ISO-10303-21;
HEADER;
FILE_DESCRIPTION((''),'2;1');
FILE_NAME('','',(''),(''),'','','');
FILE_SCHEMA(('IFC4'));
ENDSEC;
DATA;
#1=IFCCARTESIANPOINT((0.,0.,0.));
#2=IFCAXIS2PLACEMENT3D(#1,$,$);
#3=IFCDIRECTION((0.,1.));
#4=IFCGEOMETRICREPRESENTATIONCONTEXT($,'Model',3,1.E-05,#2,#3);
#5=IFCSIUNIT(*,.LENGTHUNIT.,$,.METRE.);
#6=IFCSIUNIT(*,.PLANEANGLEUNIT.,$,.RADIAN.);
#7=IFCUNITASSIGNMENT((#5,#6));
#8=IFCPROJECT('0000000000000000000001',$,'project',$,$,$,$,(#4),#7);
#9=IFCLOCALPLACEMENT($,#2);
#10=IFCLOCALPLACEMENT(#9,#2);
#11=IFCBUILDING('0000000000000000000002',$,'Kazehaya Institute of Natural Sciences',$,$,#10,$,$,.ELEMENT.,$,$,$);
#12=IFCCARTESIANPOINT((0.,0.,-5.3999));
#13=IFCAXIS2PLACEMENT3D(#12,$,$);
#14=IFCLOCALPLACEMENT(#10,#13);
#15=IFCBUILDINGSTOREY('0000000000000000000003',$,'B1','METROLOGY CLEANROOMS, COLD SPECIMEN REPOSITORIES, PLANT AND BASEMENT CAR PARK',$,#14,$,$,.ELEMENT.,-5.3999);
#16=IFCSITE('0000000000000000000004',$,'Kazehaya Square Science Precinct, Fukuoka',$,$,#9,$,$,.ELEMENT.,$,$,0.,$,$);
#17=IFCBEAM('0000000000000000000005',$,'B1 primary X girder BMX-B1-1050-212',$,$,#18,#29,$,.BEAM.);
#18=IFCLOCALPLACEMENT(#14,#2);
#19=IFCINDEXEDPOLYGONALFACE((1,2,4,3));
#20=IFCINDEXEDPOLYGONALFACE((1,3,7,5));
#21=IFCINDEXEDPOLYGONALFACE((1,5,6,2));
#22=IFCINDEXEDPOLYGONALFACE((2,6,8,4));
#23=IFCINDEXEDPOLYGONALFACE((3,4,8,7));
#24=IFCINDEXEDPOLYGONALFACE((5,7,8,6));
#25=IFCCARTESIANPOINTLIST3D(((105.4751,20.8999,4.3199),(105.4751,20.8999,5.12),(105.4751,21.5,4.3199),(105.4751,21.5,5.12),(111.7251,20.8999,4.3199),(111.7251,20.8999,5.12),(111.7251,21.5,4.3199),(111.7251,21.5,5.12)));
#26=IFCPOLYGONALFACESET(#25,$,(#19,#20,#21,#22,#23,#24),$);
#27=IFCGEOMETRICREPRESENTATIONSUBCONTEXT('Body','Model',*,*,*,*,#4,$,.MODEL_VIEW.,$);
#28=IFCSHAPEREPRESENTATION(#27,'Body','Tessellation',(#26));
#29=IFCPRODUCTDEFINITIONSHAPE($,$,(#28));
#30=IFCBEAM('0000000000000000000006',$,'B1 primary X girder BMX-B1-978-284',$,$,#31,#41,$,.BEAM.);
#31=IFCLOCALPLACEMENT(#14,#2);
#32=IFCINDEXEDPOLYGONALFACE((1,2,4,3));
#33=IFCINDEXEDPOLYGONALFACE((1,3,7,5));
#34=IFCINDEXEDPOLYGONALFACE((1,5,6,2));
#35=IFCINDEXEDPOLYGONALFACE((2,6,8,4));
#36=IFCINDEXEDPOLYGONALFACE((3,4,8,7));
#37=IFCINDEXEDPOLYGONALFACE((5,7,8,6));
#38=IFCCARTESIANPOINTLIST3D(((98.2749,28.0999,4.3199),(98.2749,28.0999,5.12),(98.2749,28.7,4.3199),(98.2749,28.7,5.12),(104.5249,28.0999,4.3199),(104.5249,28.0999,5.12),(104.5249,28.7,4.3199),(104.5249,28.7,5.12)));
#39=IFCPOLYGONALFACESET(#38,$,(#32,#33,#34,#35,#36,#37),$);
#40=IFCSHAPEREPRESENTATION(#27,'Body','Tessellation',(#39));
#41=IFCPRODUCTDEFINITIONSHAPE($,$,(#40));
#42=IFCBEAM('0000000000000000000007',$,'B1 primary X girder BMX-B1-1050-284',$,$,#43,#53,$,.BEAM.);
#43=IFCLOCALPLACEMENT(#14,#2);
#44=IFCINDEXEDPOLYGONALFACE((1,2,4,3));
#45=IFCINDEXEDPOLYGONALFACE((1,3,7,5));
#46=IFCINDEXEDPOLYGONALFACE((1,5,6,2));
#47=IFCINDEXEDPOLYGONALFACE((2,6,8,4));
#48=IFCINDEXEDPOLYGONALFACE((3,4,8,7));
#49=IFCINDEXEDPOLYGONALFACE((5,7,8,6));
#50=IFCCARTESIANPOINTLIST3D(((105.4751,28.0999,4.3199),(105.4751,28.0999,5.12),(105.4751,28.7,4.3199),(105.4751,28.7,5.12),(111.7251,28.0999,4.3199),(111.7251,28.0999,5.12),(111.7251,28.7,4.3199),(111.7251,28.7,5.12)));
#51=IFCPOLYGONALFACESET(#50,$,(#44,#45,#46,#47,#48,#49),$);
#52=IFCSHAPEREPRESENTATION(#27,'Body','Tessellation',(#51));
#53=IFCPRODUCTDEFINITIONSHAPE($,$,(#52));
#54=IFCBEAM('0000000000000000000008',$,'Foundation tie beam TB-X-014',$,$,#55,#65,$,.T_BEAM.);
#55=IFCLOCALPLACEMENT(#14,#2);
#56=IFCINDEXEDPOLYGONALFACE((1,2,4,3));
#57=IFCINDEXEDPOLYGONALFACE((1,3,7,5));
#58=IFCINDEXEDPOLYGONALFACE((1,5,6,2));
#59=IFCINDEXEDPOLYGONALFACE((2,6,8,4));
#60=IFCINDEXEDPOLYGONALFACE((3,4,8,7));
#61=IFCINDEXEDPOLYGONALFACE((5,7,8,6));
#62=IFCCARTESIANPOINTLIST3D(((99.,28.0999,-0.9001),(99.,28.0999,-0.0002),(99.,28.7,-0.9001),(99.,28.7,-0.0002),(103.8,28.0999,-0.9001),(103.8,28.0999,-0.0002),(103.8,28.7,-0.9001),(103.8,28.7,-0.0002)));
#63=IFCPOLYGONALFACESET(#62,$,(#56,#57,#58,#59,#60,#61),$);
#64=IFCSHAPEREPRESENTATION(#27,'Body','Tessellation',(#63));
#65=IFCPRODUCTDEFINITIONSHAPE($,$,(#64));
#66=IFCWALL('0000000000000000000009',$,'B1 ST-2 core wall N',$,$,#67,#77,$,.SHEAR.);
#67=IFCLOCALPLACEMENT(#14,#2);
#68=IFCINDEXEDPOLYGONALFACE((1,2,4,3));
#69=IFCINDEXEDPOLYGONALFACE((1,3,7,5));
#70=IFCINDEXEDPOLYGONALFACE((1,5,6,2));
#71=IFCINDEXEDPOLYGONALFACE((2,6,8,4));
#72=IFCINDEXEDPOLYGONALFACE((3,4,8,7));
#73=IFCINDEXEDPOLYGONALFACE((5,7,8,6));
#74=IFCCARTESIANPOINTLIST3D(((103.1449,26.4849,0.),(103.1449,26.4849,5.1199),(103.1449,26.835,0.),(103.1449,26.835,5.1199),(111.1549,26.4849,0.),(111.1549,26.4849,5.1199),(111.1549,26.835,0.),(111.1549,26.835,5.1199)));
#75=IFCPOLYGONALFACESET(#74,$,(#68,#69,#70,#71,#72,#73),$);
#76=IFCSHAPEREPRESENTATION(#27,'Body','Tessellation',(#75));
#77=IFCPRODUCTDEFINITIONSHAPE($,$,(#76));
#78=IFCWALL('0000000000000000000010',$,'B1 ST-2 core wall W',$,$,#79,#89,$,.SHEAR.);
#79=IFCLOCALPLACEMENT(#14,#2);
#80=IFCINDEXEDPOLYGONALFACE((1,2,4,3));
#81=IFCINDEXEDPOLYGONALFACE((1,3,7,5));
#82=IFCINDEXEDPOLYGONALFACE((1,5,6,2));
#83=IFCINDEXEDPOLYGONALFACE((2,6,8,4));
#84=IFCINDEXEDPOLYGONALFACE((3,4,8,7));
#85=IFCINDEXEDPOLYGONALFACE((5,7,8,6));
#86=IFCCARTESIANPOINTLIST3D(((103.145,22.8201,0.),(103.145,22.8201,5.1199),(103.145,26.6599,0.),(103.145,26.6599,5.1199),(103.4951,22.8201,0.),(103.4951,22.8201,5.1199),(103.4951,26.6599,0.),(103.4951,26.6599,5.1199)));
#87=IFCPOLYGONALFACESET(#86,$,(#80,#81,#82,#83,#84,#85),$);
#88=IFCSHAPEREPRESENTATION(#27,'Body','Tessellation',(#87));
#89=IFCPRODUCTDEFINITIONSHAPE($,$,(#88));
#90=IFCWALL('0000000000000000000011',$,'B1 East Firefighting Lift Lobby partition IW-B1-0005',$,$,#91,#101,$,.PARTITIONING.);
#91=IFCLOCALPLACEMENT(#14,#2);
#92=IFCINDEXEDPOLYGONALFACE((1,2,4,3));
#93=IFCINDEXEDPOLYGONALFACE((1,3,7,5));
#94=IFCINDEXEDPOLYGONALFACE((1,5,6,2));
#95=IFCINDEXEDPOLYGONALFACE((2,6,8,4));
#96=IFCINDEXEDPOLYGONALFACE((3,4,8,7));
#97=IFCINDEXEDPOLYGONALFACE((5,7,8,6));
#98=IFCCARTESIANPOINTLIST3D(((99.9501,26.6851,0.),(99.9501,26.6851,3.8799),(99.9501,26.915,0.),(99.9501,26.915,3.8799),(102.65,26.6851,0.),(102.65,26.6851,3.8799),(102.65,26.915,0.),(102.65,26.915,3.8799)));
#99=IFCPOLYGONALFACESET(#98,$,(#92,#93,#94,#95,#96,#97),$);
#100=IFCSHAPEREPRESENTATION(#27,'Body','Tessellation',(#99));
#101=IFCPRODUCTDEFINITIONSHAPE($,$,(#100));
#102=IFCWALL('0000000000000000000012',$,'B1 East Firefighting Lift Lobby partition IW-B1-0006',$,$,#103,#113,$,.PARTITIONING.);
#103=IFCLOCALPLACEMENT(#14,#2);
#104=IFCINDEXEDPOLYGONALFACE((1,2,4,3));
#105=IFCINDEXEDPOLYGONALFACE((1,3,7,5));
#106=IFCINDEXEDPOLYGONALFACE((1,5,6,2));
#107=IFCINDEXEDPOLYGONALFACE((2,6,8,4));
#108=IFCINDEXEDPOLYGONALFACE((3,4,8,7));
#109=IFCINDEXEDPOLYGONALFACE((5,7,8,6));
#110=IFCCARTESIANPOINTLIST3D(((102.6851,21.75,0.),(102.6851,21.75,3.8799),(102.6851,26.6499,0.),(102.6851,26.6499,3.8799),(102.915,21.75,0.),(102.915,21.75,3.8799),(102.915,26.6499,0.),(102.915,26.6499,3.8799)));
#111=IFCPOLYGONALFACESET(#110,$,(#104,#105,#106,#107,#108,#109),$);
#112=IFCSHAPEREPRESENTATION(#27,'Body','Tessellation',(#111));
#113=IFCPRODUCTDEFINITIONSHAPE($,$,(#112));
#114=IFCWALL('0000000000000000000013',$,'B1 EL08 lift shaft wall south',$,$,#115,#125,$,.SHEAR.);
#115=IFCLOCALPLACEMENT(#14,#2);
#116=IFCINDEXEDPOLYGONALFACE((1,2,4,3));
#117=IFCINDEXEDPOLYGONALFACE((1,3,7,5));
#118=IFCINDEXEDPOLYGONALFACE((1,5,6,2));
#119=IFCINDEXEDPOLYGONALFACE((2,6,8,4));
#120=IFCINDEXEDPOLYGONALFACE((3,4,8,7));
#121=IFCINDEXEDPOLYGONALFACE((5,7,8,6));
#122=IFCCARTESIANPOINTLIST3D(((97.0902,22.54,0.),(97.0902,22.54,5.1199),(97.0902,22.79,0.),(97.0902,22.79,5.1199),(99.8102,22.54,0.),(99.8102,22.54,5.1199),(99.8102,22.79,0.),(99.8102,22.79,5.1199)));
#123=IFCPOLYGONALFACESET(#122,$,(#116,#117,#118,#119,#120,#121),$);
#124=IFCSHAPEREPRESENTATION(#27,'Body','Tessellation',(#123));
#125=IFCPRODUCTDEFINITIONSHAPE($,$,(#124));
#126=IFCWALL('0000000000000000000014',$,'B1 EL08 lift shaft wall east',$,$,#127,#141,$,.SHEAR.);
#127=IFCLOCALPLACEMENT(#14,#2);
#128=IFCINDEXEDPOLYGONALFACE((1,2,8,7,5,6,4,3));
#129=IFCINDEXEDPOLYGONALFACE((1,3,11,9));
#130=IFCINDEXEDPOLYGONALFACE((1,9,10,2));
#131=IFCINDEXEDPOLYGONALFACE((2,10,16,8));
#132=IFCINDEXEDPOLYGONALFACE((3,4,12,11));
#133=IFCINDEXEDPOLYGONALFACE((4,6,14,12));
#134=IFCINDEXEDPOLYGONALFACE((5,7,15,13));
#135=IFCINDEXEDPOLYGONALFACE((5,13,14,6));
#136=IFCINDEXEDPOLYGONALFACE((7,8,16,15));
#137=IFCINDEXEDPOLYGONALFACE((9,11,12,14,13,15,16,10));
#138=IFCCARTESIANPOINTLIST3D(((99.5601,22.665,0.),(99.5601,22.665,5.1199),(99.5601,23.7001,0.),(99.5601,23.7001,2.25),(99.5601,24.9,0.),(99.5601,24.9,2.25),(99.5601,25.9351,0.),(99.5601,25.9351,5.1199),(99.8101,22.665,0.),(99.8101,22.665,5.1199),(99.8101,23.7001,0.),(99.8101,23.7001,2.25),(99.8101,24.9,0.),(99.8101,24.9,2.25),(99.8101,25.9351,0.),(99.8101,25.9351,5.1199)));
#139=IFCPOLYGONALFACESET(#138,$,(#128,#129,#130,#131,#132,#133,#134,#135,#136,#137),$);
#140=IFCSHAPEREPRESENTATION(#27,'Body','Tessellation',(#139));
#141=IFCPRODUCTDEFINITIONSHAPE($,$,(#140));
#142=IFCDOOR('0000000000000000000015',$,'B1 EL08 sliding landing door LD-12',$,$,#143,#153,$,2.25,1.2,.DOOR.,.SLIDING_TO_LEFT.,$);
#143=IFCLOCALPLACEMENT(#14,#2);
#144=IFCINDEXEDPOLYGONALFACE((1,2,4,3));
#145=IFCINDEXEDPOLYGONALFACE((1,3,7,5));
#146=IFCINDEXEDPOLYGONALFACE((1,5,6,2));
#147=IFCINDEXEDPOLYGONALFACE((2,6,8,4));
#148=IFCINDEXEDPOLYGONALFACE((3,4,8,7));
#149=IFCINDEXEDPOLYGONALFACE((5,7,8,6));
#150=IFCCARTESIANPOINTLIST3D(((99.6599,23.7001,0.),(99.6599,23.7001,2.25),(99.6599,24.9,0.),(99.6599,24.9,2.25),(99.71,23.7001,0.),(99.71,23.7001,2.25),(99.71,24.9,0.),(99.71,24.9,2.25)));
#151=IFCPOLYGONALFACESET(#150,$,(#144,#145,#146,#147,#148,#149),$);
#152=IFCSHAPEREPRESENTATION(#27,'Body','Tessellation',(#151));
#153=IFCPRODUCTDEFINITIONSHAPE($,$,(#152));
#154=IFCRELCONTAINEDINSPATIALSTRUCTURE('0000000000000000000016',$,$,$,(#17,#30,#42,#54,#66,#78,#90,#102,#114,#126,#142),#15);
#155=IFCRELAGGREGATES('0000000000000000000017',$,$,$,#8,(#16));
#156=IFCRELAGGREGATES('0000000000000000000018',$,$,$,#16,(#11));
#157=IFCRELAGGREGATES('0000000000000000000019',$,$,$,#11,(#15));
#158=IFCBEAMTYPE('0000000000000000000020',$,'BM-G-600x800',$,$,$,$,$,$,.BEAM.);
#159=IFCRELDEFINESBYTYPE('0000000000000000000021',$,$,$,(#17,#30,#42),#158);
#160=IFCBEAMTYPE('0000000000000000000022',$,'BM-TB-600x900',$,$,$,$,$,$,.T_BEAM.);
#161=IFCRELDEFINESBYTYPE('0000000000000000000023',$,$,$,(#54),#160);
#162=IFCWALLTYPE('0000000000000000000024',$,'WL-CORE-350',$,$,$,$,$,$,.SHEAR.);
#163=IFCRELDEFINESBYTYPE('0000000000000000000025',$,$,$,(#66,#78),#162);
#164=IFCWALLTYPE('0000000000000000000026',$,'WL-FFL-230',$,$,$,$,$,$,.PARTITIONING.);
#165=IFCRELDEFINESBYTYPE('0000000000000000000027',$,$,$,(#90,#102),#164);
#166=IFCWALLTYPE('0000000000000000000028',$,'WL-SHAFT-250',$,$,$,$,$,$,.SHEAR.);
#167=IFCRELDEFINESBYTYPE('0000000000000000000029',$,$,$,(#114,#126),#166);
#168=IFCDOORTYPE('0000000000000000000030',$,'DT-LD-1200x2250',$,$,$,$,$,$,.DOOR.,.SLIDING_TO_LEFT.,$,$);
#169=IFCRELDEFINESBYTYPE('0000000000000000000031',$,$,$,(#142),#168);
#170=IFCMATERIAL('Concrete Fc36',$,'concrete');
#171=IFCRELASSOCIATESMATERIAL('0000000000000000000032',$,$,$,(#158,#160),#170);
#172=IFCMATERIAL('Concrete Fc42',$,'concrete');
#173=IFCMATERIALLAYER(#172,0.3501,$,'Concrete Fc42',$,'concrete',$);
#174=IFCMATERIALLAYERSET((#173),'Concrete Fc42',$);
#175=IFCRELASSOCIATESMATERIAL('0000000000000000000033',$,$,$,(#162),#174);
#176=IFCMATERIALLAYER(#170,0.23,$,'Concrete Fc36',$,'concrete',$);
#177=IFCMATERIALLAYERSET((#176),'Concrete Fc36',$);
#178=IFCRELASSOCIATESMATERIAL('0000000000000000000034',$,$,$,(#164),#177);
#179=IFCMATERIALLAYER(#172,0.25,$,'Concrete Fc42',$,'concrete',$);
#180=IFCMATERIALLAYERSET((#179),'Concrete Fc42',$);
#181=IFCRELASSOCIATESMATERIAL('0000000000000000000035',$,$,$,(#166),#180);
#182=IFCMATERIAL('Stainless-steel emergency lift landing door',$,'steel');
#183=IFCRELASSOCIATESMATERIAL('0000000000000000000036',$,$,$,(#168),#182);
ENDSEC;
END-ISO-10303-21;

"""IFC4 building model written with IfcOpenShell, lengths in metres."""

from ifc_helpers import new_model, si_unit, direction, frame, frame_2d, origin, origin_2d, place, context, subcontext, project, spatial, rectangle, extrude, material, layer, layer_set, material_profile, profile_set, type_object, element, fill, save


model = new_model("IFC4")

# Units and contexts
model_context = context("Model", 3, precision=1e-05, world=origin(), true_north=direction((0.0, 1.0)))
body_context = subcontext(model_context, "Body", "Model", "MODEL_VIEW")
ifc_project = project(units=[si_unit("LENGTHUNIT", "METRE"), si_unit("PLANEANGLEUNIT", "RADIAN")], contexts=[model_context])

# Site, building, storey
site_placement = place(None, origin())
site = spatial("IfcSite", under=ifc_project, at=site_placement, Name="Kazehaya Square Science Precinct, Fukuoka", CompositionType="ELEMENT", RefElevation=0.0)
building_placement = place(site_placement, origin())
building = spatial("IfcBuilding", under=site, at=building_placement, Name="Kazehaya Institute of Natural Sciences", CompositionType="ELEMENT")
storey_placement = place(building_placement, frame((0.0, 0.0, -5.3999)))
storey = spatial("IfcBuildingStorey", under=building, at=storey_placement, Name="B1", Description="METROLOGY CLEANROOMS, COLD SPECIMEN REPOSITORIES, PLANT AND BASEMENT CAR PARK", CompositionType="ELEMENT", Elevation=-5.3999)

# Shared definitions
ifc_material_1 = material(Name="Concrete Fc36", Category="concrete")

# Shared definitions
ifc_material_2 = material(Name="Concrete Fc42", Category="concrete")

# Beams
ifc_material_profile_1 = material_profile(ifc_material_1, rectangle(XDim=0.6001, YDim=0.8, at=origin_2d()), Name="RC-600x800")
ifc_profile_set_1 = profile_set([ifc_material_profile_1], Name="Concrete Fc36")
beam_type_1 = type_object("IfcBeamType", Name="BM-G-600x800", PredefinedType="BEAM", material=ifc_profile_set_1)
for number, where, z_axis, x_axis, name in (
    (1, (105.4751, 21.2, 4.72), (1.0, 0.0, 0.0), (0.0, 1.0, 0.0), "B1 primary X girder BMX-B1-1050-212"),
    (2, (98.2749, 28.3999, 4.72), (1.0, 0.0, 0.0), (0.0, 1.0, 0.0), "B1 primary X girder BMX-B1-978-284"),
    (3, (105.4751, 28.3999, 4.72), (1.0, 0.0, 0.0), (0.0, 1.0, 0.0), "B1 primary X girder BMX-B1-1050-284"),
):
    element("IfcBeam", number, at=place(storey_placement, frame(where, z_axis=z_axis, x_axis=x_axis)), inside=storey, type_object=beam_type_1, Name=name, PredefinedType="BEAM", context=body_context, shape_type="SweptSolid", body=[
        extrude(rectangle(XDim=0.6001, YDim=0.8, at=origin_2d()), origin(), (0.0, 0.0, 1.0), 6.25),
    ])
ifc_material_profile_2 = material_profile(ifc_material_1, rectangle(XDim=0.6001, YDim=0.8999, at=origin_2d()), Name="RC-600x900")
ifc_profile_set_2 = profile_set([ifc_material_profile_2], Name="Concrete Fc36")
beam_type_2 = type_object("IfcBeamType", Name="BM-TB-600x900", PredefinedType="T_BEAM", material=ifc_profile_set_2)
beam_placement = place(storey_placement, frame((99.0, 28.3999, -0.4502), z_axis=(1.0, 0.0, 0.0), x_axis=(0.0, 1.0, 0.0)))
element("IfcBeam", 4, at=beam_placement, inside=storey, type_object=beam_type_2, Name="Foundation tie beam TB-X-014", PredefinedType="T_BEAM", context=body_context, shape_type="SweptSolid", body=[
    extrude(rectangle(XDim=0.6001, YDim=0.8999, at=origin_2d()), origin(), (0.0, 0.0, 1.0), 4.8),
])

# Walls
ifc_layer_1 = layer(ifc_material_2, 0.3501, Name="Concrete Fc42", Category="concrete")
ifc_layer_set_1 = layer_set([ifc_layer_1], Name="Concrete Fc42")
wall_type_1 = type_object("IfcWallType", Name="WL-CORE-350", PredefinedType="SHEAR", material=ifc_layer_set_1)
wall_1_placement = place(storey_placement, frame((103.145, 26.6599, 0.0), z_axis=(0.0, 0.0, 1.0), x_axis=(1.0, 0.0, 0.0)))
element("IfcWall", 5, at=wall_1_placement, inside=storey, type_object=wall_type_1, Name="B1 ST-2 core wall N", PredefinedType="SHEAR", context=body_context, shape_type="SweptSolid", body=[
    extrude(rectangle(XDim=8.01, YDim=0.3501, at=frame_2d((4.0049, 0.0))), origin(), (0.0, 0.0, 1.0), 5.1199),
])
wall_2_placement = place(storey_placement, frame((103.3201, 22.8201, 0.0), z_axis=(0.0, 0.0, 1.0), x_axis=(0.0, 1.0, 0.0)))
element("IfcWall", 6, at=wall_2_placement, inside=storey, type_object=wall_type_1, Name="B1 ST-2 core wall W", PredefinedType="SHEAR", context=body_context, shape_type="SweptSolid", body=[
    extrude(rectangle(XDim=3.8398, YDim=0.3501, at=frame_2d((1.9199, 0.0))), origin(), (0.0, 0.0, 1.0), 5.1199),
])

# Shared definitions
ifc_layer_2 = layer(ifc_material_1, 0.23, Name="Concrete Fc36", Category="concrete")
ifc_layer_set_2 = layer_set([ifc_layer_2], Name="Concrete Fc36")
wall_type_2 = type_object("IfcWallType", Name="WL-FFL-230", PredefinedType="PARTITIONING", material=ifc_layer_set_2)

# Walls
wall_3_placement = place(storey_placement, frame((99.95, 26.8, 0.0), z_axis=(0.0, 0.0, 1.0), x_axis=(1.0, 0.0, 0.0)))
element("IfcWall", 7, at=wall_3_placement, inside=storey, type_object=wall_type_2, Name="B1 East Firefighting Lift Lobby partition IW-B1-0005", PredefinedType="PARTITIONING", context=body_context, shape_type="SweptSolid", body=[
    extrude(rectangle(XDim=2.7, YDim=0.23, at=frame_2d((1.3501, 0.0))), origin(), (0.0, 0.0, 1.0), 3.8799),
])
wall_4_placement = place(storey_placement, frame((102.8, 26.6499, 0.0), z_axis=(0.0, 0.0, 1.0), x_axis=(0.0, -1.0, 0.0)))
element("IfcWall", 8, at=wall_4_placement, inside=storey, type_object=wall_type_2, Name="B1 East Firefighting Lift Lobby partition IW-B1-0006", PredefinedType="PARTITIONING", context=body_context, shape_type="SweptSolid", body=[
    extrude(rectangle(XDim=4.8999, YDim=0.23, at=frame_2d((2.45, 0.0))), origin(), (0.0, 0.0, 1.0), 3.8799),
])
ifc_layer_3 = layer(ifc_material_2, 0.25, Name="Concrete Fc42", Category="concrete")
ifc_layer_set_3 = layer_set([ifc_layer_3], Name="Concrete Fc42")
wall_type_3 = type_object("IfcWallType", Name="WL-SHAFT-250", PredefinedType="SHEAR", material=ifc_layer_set_3)
wall_5_placement = place(storey_placement, frame((99.8101, 22.665, 0.0), z_axis=(0.0, 0.0, 1.0), x_axis=(-1.0, 0.0, 0.0)))
element("IfcWall", 9, at=wall_5_placement, inside=storey, type_object=wall_type_3, Name="B1 EL08 lift shaft wall south", PredefinedType="SHEAR", context=body_context, shape_type="SweptSolid", body=[
    extrude(rectangle(XDim=2.72, YDim=0.25, at=frame_2d((1.3599, 0.0))), origin(), (0.0, 0.0, 1.0), 5.1199),
])

# Wall, opening, door
wall_6_placement = place(storey_placement, frame((99.6851, 25.9351, 0.0), z_axis=(0.0, 0.0, 1.0), x_axis=(0.0, -1.0, 0.0)))
wall_6 = element("IfcWall", 10, at=wall_6_placement, inside=storey, type_object=wall_type_3, Name="B1 EL08 lift shaft wall east", PredefinedType="SHEAR", context=body_context, shape_type="SweptSolid", body=[
    extrude(rectangle(XDim=3.27, YDim=0.25, at=frame_2d((1.635, 0.0))), origin(), (0.0, 0.0, 1.0), 5.1199),
])
opening_1_placement = place(wall_6_placement, frame((1.0349, 0.0, 0.0)))
opening_1 = element("IfcOpeningElement", 11, at=opening_1_placement, cuts=wall_6, PredefinedType="OPENING", context=body_context, shape_type="SweptSolid", body=[
    extrude(rectangle(XDim=1.2, YDim=2.25, at=frame_2d((0.6001, 1.125))), frame((0.0, 0.135, 0.0), z_axis=(0.0, -1.0, 0.0), x_axis=(1.0, 0.0, 0.0)), (0.0, 0.0, 1.0), 0.27),
])
ifc_material_3 = material(Name="Stainless-steel emergency lift landing door", Category="steel")
door_type_1 = type_object("IfcDoorType", Name="DT-LD-1200x2250", OperationType="SLIDING_TO_LEFT", PredefinedType="DOOR", material=ifc_material_3)
door_1_placement = place(opening_1_placement, origin())
door_1 = element("IfcDoor", 12, at=door_1_placement, inside=storey, type_object=door_type_1, Name="B1 EL08 sliding landing door LD-12", OperationType="SLIDING_TO_LEFT", OverallHeight=2.25, OverallWidth=1.2, PredefinedType="DOOR", context=body_context, shape_type="SweptSolid", body=[
    extrude(rectangle(XDim=1.2, YDim=2.25, at=frame_2d((0.6001, 1.125))), frame((0.0, 0.0249, 0.0), z_axis=(0.0, -1.0, 0.0), x_axis=(1.0, 0.0, 0.0)), (0.0, 0.0, 1.0), 0.05),
])
fill(opening_1, door_1)

save(model, "model.ifc")
